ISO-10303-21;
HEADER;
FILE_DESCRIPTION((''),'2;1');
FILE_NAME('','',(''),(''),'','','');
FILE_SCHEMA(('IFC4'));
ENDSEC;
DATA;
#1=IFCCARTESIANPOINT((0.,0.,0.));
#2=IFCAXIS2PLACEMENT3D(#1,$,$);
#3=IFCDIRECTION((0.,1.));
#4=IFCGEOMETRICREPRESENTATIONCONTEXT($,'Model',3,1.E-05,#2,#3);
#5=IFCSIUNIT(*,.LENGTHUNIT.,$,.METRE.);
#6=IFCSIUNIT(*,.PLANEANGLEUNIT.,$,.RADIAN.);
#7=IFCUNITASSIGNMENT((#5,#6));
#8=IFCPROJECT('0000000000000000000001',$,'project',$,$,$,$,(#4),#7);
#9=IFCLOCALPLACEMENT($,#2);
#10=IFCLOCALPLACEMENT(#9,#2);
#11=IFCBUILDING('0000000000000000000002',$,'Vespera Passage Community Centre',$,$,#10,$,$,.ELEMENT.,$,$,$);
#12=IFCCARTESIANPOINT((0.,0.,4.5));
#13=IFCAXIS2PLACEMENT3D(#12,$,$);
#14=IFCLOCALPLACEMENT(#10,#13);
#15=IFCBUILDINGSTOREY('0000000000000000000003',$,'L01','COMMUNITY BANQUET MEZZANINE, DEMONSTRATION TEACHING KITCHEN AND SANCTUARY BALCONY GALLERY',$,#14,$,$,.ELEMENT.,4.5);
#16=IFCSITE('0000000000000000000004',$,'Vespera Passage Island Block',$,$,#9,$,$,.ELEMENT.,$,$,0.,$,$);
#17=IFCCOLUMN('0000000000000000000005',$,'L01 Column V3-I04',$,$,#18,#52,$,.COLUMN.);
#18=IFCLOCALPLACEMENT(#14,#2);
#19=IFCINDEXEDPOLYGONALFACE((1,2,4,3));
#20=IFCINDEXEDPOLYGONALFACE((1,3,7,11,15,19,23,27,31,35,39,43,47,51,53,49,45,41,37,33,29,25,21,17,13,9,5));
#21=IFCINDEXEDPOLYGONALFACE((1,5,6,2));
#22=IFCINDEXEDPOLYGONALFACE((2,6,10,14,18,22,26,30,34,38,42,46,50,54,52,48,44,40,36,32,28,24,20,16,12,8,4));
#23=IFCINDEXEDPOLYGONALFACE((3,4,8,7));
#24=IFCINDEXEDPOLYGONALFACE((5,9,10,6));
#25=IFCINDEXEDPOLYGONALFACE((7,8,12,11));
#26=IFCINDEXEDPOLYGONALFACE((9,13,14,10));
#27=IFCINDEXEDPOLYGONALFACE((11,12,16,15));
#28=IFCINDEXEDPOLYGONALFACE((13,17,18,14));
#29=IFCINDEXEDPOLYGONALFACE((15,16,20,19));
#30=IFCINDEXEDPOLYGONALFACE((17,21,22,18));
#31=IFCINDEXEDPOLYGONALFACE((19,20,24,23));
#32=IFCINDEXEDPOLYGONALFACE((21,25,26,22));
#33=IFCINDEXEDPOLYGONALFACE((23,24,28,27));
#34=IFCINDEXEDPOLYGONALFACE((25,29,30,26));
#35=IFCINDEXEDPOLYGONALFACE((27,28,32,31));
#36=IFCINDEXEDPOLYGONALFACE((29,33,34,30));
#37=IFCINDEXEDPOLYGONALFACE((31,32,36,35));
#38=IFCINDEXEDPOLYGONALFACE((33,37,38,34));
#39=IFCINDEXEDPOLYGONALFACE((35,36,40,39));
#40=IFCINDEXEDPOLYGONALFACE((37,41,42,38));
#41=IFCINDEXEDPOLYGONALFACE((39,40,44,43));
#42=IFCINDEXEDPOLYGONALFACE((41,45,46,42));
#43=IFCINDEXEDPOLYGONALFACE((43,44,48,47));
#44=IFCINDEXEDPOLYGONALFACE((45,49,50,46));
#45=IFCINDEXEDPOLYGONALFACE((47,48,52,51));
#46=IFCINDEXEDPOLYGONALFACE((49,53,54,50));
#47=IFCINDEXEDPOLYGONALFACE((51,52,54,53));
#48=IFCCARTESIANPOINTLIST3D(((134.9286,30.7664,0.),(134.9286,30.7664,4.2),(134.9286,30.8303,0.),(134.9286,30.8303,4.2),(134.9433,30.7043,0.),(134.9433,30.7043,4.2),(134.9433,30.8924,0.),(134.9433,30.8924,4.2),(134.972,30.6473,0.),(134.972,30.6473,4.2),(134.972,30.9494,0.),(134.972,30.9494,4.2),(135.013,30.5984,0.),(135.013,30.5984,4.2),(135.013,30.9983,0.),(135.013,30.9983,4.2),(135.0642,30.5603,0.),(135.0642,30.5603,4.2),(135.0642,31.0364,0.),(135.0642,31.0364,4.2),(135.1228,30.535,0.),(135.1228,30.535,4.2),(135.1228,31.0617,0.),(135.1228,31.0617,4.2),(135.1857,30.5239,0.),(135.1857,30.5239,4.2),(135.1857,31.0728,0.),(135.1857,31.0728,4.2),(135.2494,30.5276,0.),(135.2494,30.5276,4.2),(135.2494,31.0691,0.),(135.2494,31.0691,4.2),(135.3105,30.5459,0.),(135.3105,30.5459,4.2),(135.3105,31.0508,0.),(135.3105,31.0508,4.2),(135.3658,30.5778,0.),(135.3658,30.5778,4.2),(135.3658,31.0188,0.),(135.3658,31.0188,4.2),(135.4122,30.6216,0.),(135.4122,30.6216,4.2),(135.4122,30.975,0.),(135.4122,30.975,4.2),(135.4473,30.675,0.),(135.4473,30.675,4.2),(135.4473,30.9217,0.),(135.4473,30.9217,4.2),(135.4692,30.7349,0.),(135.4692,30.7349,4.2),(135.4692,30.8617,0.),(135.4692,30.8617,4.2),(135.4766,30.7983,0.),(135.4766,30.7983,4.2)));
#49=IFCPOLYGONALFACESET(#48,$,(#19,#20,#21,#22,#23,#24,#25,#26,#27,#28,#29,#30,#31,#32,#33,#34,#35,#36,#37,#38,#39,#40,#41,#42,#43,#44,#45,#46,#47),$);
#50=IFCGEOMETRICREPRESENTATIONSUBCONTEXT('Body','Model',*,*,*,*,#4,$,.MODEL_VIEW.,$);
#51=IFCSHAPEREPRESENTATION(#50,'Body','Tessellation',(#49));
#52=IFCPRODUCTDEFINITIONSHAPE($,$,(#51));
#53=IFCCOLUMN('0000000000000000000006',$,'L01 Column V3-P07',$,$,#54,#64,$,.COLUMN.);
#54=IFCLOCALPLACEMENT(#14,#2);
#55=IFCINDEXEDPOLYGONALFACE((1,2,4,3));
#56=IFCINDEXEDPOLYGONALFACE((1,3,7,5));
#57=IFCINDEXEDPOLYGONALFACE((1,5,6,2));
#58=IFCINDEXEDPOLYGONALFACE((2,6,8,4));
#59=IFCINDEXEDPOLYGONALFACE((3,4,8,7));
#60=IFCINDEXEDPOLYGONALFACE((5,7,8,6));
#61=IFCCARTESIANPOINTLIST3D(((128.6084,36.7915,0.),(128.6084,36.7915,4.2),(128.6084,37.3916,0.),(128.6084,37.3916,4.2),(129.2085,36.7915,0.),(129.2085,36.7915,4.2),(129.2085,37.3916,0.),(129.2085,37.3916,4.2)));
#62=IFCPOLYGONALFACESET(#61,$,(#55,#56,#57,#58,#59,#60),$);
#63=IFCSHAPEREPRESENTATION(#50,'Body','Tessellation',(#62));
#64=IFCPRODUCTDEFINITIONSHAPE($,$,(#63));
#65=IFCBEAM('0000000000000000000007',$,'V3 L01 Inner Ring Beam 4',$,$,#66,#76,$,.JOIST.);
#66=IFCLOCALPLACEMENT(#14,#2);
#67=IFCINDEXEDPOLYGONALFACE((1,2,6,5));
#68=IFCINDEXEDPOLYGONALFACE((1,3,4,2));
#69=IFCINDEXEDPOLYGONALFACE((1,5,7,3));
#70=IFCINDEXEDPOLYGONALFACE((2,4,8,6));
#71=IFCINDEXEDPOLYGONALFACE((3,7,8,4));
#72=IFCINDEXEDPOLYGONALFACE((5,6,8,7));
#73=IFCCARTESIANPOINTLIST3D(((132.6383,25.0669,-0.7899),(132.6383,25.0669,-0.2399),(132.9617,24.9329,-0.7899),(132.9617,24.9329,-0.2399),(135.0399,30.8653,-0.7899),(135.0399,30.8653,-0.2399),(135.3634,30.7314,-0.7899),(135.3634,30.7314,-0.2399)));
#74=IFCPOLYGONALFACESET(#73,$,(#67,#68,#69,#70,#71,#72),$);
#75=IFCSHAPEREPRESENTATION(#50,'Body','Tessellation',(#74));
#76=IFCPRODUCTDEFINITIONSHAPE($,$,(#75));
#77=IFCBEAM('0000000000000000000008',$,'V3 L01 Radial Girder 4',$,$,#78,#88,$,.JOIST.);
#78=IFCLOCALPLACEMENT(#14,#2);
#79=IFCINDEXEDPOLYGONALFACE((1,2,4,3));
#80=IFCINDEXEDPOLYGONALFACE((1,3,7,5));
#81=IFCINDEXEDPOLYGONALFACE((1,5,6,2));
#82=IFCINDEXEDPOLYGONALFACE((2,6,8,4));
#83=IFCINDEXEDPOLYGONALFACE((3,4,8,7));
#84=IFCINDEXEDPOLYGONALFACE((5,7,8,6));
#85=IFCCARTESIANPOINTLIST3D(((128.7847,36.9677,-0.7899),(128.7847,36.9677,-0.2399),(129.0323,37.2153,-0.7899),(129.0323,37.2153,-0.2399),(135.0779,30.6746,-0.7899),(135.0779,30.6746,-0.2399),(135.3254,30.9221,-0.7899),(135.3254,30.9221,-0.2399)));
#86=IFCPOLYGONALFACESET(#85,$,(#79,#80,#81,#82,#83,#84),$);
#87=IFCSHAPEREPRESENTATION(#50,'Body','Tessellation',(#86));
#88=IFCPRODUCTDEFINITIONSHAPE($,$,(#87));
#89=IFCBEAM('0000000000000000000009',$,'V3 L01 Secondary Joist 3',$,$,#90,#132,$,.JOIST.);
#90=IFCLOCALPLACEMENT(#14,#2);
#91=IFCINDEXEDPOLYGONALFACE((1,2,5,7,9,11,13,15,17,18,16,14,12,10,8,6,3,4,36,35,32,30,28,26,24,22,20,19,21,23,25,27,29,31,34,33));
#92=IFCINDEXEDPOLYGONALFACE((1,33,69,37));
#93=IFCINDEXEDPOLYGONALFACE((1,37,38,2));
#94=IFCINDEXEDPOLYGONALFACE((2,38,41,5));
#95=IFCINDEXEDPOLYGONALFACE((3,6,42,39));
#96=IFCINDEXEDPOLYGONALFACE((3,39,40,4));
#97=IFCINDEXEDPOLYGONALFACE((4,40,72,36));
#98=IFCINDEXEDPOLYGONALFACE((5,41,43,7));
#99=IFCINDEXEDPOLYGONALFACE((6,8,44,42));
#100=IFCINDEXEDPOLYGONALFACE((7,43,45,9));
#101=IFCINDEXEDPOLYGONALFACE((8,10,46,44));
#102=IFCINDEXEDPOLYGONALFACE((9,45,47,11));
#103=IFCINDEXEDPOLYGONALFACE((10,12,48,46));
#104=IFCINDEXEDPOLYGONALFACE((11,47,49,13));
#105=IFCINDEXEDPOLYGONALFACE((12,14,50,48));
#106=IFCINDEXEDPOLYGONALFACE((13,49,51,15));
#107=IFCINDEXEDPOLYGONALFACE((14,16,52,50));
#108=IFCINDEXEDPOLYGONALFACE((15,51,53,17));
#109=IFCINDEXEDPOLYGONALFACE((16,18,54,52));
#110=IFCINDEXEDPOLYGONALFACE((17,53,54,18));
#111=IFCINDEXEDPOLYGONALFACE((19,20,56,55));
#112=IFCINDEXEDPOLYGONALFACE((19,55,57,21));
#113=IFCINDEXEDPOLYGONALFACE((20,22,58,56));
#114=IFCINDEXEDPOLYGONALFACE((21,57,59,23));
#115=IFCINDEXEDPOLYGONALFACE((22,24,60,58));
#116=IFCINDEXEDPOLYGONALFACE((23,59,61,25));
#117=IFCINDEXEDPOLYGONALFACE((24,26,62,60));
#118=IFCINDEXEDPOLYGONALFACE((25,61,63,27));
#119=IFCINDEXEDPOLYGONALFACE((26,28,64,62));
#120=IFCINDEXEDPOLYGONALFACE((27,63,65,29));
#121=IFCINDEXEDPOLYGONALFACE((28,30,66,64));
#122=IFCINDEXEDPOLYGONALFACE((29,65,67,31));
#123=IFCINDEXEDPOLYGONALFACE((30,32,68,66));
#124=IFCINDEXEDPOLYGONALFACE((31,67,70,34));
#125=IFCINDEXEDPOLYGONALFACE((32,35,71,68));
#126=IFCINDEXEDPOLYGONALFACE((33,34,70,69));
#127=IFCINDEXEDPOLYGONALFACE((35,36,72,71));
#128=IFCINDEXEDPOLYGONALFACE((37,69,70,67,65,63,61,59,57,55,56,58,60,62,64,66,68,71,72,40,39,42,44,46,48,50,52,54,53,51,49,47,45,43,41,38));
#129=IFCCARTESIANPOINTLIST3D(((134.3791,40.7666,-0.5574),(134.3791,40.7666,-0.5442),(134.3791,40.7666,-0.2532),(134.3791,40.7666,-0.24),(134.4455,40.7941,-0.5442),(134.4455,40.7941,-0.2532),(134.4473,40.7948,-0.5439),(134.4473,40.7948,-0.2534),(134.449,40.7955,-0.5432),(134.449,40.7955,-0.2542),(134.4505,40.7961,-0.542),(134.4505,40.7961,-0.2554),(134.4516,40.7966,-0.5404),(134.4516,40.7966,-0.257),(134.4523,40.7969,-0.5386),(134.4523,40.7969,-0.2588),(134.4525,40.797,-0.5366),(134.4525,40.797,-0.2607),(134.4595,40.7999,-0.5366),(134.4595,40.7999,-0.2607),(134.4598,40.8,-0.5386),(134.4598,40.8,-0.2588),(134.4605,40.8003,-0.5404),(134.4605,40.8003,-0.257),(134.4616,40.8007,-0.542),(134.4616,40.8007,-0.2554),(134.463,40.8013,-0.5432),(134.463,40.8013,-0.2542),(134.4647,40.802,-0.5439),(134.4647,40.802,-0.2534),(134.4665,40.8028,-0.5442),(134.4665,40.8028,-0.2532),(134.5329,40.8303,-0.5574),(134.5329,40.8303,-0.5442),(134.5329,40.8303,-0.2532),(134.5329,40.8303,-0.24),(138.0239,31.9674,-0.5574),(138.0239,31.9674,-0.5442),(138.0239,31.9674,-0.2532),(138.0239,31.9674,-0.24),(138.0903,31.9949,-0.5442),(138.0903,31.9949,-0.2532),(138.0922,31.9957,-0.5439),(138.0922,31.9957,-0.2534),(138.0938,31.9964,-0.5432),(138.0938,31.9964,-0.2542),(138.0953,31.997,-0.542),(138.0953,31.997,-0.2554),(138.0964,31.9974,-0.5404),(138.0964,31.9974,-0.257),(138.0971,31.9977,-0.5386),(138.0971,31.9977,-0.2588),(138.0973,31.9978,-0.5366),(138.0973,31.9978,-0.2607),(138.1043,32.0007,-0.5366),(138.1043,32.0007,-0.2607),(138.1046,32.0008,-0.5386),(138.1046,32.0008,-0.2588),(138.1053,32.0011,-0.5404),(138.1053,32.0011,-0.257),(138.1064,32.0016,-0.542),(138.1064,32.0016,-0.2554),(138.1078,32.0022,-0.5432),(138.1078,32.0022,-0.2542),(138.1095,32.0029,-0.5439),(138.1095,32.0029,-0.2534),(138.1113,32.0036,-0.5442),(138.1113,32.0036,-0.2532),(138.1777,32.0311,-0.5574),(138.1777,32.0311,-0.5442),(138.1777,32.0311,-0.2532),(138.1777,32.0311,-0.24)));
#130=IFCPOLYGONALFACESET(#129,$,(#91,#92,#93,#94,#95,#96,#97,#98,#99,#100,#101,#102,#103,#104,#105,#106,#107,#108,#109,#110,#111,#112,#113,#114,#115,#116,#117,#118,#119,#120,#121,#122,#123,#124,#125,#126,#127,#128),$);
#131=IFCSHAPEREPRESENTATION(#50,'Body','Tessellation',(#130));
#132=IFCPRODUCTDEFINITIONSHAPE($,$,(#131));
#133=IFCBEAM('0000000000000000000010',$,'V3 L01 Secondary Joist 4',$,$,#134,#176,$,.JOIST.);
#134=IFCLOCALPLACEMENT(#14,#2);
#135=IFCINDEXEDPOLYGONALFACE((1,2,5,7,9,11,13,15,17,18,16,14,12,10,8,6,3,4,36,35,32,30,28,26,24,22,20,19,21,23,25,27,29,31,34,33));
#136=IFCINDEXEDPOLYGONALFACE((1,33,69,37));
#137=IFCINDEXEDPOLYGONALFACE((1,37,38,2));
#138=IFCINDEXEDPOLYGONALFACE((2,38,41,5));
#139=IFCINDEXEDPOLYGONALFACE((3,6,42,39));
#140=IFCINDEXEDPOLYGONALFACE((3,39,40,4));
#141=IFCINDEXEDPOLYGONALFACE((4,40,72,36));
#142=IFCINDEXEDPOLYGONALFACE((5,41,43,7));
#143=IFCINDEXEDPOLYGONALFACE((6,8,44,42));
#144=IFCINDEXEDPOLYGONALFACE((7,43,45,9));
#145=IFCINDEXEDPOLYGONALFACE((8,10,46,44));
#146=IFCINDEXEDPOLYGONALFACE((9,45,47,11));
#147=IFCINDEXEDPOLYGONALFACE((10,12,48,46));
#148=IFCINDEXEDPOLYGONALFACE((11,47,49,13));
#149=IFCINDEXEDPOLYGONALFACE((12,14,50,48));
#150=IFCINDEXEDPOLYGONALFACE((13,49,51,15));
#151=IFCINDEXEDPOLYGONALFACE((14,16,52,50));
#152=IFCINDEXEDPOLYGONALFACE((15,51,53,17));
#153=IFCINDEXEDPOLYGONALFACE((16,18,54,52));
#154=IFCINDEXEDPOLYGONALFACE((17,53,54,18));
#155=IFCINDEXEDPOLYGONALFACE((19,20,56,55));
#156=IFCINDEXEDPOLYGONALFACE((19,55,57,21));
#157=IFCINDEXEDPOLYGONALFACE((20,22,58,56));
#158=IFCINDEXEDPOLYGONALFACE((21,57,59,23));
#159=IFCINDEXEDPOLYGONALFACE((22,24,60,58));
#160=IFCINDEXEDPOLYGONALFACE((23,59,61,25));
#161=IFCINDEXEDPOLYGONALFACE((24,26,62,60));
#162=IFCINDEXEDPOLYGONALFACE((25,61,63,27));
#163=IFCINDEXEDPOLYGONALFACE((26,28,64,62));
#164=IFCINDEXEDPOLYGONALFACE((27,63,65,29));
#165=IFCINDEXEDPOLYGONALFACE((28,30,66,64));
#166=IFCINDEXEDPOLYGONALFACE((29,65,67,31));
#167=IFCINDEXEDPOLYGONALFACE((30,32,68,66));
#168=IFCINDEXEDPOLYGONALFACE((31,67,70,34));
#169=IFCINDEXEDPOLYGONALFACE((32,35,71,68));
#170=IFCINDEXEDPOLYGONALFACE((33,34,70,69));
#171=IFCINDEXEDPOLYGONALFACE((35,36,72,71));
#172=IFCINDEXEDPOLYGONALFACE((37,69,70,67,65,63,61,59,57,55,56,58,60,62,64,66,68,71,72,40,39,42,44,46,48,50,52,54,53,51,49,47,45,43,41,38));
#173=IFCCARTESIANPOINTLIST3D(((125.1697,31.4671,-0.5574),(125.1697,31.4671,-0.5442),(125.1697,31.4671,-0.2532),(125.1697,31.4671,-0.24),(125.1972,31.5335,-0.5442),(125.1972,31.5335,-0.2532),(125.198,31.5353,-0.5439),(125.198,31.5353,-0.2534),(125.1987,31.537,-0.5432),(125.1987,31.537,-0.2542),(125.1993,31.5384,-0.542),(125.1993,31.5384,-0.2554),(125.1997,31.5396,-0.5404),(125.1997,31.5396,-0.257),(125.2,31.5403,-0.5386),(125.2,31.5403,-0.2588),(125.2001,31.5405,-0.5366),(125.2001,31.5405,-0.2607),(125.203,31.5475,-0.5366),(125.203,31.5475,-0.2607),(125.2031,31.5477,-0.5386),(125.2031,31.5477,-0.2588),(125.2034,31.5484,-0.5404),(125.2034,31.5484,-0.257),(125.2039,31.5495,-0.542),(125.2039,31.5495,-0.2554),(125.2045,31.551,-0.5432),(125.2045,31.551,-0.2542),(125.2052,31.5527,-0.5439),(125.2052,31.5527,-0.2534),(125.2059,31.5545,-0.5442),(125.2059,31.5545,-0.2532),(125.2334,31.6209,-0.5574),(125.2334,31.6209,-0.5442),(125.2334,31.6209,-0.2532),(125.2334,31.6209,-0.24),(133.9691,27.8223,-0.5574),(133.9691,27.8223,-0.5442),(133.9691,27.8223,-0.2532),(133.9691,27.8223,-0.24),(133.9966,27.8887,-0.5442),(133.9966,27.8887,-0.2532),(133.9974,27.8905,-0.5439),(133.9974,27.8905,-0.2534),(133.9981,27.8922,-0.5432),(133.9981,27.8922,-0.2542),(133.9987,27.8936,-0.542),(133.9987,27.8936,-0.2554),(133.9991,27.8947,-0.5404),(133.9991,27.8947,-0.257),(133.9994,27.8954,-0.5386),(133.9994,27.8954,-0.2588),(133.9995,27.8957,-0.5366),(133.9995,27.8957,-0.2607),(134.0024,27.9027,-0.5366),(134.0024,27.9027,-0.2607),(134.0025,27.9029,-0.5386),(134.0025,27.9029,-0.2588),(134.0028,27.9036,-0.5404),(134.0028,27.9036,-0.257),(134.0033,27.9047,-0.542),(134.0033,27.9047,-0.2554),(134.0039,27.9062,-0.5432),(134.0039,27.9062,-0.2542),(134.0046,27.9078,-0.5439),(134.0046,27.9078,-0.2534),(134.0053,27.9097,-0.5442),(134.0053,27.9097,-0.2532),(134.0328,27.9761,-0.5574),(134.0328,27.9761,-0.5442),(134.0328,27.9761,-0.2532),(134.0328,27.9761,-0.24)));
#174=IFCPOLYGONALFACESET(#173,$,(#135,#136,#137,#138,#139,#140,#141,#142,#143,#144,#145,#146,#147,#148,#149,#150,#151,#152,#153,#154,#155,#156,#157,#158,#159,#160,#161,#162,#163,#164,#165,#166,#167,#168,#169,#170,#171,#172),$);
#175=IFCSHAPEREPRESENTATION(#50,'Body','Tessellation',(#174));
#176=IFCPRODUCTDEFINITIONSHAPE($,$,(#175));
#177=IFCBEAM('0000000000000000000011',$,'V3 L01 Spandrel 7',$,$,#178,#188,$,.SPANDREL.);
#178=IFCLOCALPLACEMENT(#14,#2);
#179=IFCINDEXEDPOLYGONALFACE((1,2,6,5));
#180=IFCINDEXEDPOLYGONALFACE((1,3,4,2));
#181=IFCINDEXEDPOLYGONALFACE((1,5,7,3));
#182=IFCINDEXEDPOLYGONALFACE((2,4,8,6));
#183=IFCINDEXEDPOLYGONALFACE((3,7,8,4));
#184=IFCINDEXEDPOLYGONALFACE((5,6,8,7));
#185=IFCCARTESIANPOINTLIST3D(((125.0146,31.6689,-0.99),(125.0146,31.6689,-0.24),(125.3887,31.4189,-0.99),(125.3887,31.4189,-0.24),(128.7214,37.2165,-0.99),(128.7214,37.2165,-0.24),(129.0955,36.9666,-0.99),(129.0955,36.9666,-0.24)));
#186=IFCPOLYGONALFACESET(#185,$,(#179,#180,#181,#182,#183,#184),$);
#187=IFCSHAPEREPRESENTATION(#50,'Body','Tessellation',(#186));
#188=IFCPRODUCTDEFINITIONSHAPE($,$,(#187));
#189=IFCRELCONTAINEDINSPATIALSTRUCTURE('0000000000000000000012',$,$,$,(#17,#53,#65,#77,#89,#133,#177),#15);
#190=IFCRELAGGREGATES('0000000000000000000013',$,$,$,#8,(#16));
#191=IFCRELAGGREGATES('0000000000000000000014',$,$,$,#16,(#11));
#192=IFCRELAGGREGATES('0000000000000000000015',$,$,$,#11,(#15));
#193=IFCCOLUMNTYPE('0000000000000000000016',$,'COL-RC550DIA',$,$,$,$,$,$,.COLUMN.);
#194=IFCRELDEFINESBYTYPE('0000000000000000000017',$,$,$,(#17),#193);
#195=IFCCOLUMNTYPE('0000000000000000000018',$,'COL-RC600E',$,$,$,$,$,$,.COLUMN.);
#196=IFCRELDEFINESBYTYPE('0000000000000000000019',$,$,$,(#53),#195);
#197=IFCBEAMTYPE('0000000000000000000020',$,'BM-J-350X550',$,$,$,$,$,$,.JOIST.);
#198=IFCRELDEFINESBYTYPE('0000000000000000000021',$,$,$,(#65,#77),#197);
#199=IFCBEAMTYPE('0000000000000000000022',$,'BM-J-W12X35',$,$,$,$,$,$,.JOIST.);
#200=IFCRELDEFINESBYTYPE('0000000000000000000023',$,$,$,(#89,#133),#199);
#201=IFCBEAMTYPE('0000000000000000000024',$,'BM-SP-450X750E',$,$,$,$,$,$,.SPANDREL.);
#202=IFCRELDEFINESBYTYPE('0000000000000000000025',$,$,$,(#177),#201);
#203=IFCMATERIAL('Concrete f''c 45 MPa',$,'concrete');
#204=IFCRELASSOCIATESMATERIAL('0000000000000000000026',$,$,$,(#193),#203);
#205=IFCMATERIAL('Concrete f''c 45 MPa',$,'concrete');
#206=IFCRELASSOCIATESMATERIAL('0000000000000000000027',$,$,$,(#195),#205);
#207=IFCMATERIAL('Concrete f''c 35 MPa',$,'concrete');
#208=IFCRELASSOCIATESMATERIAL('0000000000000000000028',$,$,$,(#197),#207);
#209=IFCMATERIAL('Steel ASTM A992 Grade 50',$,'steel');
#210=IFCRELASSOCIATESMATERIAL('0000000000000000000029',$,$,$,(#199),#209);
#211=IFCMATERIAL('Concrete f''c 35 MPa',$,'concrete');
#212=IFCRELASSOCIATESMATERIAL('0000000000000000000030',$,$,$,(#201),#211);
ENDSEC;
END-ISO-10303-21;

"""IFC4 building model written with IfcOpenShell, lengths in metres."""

from ifc_helpers import new_model, si_unit, direction, frame, origin, origin_2d, place, context, subcontext, project, spatial, rectangle, circle, i_section, extrude, material, material_profile, profile_set, type_object, element, save


model = new_model("IFC4")

# Units and contexts
model_context = context("Model", 3, precision=1e-05, world=origin(), true_north=direction((0.0, 1.0)))
body_context = subcontext(model_context, "Body", "Model", "MODEL_VIEW")
ifc_project = project(units=[si_unit("LENGTHUNIT", "METRE"), si_unit("PLANEANGLEUNIT", "RADIAN")], contexts=[model_context])

# Site, building, storey
site_placement = place(None, origin())
site = spatial("IfcSite", under=ifc_project, at=site_placement, Name="Vespera Passage Island Block", CompositionType="ELEMENT", RefElevation=0.0)
building_placement = place(site_placement, origin())
building = spatial("IfcBuilding", under=site, at=building_placement, Name="Vespera Passage Community Centre", CompositionType="ELEMENT")
storey_placement = place(building_placement, frame((0.0, 0.0, 4.5)))
storey = spatial("IfcBuildingStorey", under=building, at=storey_placement, Name="L01", Description="COMMUNITY BANQUET MEZZANINE, DEMONSTRATION TEACHING KITCHEN AND SANCTUARY BALCONY GALLERY", CompositionType="ELEMENT", Elevation=4.5)

# Columns
ifc_material_1 = material(Name="Concrete f'c 45 MPa", Category="concrete")
ifc_material_profile_1 = material_profile(ifc_material_1, circle(Radius=0.2749, at=origin_2d()), Name="RC550DIA")
ifc_profile_set_1 = profile_set([ifc_material_profile_1], Name="Concrete f'c 45 MPa")
column_type_1 = type_object("IfcColumnType", Name="COL-RC550DIA", PredefinedType="COLUMN", material=ifc_profile_set_1)
column_1_placement = place(storey_placement, frame((135.2017, 30.7983, 0.0), z_axis=(0.0, 0.0, 1.0), x_axis=(1.0, 0.0, 0.0)))
element("IfcColumn", 1, at=column_1_placement, inside=storey, type_object=column_type_1, Name="L01 Column V3-I04", PredefinedType="COLUMN", context=body_context, shape_type="SweptSolid", body=[
    extrude(circle(Radius=0.2749, at=origin_2d()), origin(), (0.0, 0.0, 1.0), 4.2),
])
ifc_material_2 = material(Name="Concrete f'c 45 MPa", Category="concrete")
ifc_material_profile_2 = material_profile(ifc_material_2, rectangle(XDim=0.6001, YDim=0.6001, at=origin_2d()), Name="RC600X600")
ifc_profile_set_2 = profile_set([ifc_material_profile_2], Name="Concrete f'c 45 MPa")
column_type_2 = type_object("IfcColumnType", Name="COL-RC600E", PredefinedType="COLUMN", material=ifc_profile_set_2)
column_2_placement = place(storey_placement, frame((128.9084, 37.0916, 0.0), z_axis=(0.0, 0.0, 1.0), x_axis=(1.0, 0.0, 0.0)))
element("IfcColumn", 2, at=column_2_placement, inside=storey, type_object=column_type_2, Name="L01 Column V3-P07", PredefinedType="COLUMN", context=body_context, shape_type="SweptSolid", body=[
    extrude(rectangle(XDim=0.6001, YDim=0.6001, at=origin_2d()), origin(), (0.0, 0.0, 1.0), 4.2),
])

# Beams
ifc_material_3 = material(Name="Concrete f'c 35 MPa", Category="concrete")
ifc_material_profile_3 = material_profile(ifc_material_3, rectangle(XDim=0.3501, YDim=0.55, at=origin_2d()), Name="RC350X550")
ifc_profile_set_3 = profile_set([ifc_material_profile_3], Name="Concrete f'c 35 MPa")
beam_type_1 = type_object("IfcBeamType", Name="BM-J-350X550", PredefinedType="JOIST", material=ifc_profile_set_3)
beam_1_placement = place(storey_placement, frame((135.2017, 30.7983, -0.5149), z_axis=(-0.382664, -0.923887, 0.0), x_axis=(0.923887, -0.382664, 0.0)))
element("IfcBeam", 3, at=beam_1_placement, inside=storey, type_object=beam_type_1, Name="V3 L01 Inner Ring Beam 4", PredefinedType="JOIST", context=body_context, shape_type="SweptSolid", body=[
    extrude(rectangle(XDim=0.3501, YDim=0.55, at=origin_2d()), origin(), (0.0, 0.0, 1.0), 6.2761),
])
beam_2_placement = place(storey_placement, frame((135.2017, 30.7983, -0.5149), z_axis=(-0.707107, 0.707107, 0.0), x_axis=(-0.707107, -0.707107, 0.0)))
element("IfcBeam", 4, at=beam_2_placement, inside=storey, type_object=beam_type_1, Name="V3 L01 Radial Girder 4", PredefinedType="JOIST", context=body_context, shape_type="SweptSolid", body=[
    extrude(rectangle(XDim=0.3501, YDim=0.55, at=origin_2d()), origin(), (0.0, 0.0, 1.0), 8.8999),
])
ifc_material_4 = material(Name="Steel ASTM A992 Grade 50", Category="steel")
ifc_material_profile_4 = material_profile(ifc_material_4, i_section(OverallWidth=0.1665, OverallDepth=0.3174, WebThickness=0.0076, FlangeThickness=0.0132, FilletRadius=0.0076, at=origin_2d()), Name="W12X35")
ifc_profile_set_4 = profile_set([ifc_material_profile_4], Name="Steel ASTM A992 Grade 50")
beam_type_2 = type_object("IfcBeamType", Name="BM-J-W12X35", PredefinedType="JOIST", material=ifc_profile_set_4)
beam_3_placement = place(storey_placement, frame((138.1008, 31.9993, -0.3987), z_axis=(-0.382691, 0.923877, 0.0), x_axis=(-0.923877, -0.382691, 0.0)))
element("IfcBeam", 5, at=beam_3_placement, inside=storey, type_object=beam_type_2, Name="V3 L01 Secondary Joist 3", PredefinedType="JOIST", context=body_context, shape_type="SweptSolid", body=[
    extrude(i_section(OverallWidth=0.1665, OverallDepth=0.3174, WebThickness=0.0076, FlangeThickness=0.0132, FilletRadius=0.0076, at=origin_2d()), origin(), (0.0, 0.0, 1.0), 9.5242),
])
beam_4_placement = place(storey_placement, frame((134.001, 27.8992, -0.3987), z_axis=(-0.92388, 0.382682, 0.0), x_axis=(-0.382682, -0.92388, 0.0)))
element("IfcBeam", 6, at=beam_4_placement, inside=storey, type_object=beam_type_2, Name="V3 L01 Secondary Joist 4", PredefinedType="JOIST", context=body_context, shape_type="SweptSolid", body=[
    extrude(i_section(OverallWidth=0.1665, OverallDepth=0.3174, WebThickness=0.0076, FlangeThickness=0.0132, FilletRadius=0.0076, at=origin_2d()), origin(), (0.0, 0.0, 1.0), 9.5244),
])
ifc_material_5 = material(Name="Concrete f'c 35 MPa", Category="concrete")
ifc_material_profile_5 = material_profile(ifc_material_5, rectangle(XDim=0.45, YDim=0.75, at=origin_2d()), Name="RC450X750")
ifc_profile_set_5 = profile_set([ifc_material_profile_5], Name="Concrete f'c 35 MPa")
beam_type_3 = type_object("IfcBeamType", Name="BM-SP-450X750E", PredefinedType="SPANDREL", material=ifc_profile_set_5)
beam_5_placement = place(storey_placement, frame((128.9084, 37.0916, -0.615), z_axis=(-0.55557, -0.83147, 0.0), x_axis=(0.83147, -0.55557, 0.0)))
element("IfcBeam", 7, at=beam_5_placement, inside=storey, type_object=beam_type_3, Name="V3 L01 Spandrel 7", PredefinedType="SPANDREL", context=body_context, shape_type="SweptSolid", body=[
    extrude(rectangle(XDim=0.45, YDim=0.75, at=origin_2d()), origin(), (0.0, 0.0, 1.0), 6.6721),
])

save(model, "model.ifc")
